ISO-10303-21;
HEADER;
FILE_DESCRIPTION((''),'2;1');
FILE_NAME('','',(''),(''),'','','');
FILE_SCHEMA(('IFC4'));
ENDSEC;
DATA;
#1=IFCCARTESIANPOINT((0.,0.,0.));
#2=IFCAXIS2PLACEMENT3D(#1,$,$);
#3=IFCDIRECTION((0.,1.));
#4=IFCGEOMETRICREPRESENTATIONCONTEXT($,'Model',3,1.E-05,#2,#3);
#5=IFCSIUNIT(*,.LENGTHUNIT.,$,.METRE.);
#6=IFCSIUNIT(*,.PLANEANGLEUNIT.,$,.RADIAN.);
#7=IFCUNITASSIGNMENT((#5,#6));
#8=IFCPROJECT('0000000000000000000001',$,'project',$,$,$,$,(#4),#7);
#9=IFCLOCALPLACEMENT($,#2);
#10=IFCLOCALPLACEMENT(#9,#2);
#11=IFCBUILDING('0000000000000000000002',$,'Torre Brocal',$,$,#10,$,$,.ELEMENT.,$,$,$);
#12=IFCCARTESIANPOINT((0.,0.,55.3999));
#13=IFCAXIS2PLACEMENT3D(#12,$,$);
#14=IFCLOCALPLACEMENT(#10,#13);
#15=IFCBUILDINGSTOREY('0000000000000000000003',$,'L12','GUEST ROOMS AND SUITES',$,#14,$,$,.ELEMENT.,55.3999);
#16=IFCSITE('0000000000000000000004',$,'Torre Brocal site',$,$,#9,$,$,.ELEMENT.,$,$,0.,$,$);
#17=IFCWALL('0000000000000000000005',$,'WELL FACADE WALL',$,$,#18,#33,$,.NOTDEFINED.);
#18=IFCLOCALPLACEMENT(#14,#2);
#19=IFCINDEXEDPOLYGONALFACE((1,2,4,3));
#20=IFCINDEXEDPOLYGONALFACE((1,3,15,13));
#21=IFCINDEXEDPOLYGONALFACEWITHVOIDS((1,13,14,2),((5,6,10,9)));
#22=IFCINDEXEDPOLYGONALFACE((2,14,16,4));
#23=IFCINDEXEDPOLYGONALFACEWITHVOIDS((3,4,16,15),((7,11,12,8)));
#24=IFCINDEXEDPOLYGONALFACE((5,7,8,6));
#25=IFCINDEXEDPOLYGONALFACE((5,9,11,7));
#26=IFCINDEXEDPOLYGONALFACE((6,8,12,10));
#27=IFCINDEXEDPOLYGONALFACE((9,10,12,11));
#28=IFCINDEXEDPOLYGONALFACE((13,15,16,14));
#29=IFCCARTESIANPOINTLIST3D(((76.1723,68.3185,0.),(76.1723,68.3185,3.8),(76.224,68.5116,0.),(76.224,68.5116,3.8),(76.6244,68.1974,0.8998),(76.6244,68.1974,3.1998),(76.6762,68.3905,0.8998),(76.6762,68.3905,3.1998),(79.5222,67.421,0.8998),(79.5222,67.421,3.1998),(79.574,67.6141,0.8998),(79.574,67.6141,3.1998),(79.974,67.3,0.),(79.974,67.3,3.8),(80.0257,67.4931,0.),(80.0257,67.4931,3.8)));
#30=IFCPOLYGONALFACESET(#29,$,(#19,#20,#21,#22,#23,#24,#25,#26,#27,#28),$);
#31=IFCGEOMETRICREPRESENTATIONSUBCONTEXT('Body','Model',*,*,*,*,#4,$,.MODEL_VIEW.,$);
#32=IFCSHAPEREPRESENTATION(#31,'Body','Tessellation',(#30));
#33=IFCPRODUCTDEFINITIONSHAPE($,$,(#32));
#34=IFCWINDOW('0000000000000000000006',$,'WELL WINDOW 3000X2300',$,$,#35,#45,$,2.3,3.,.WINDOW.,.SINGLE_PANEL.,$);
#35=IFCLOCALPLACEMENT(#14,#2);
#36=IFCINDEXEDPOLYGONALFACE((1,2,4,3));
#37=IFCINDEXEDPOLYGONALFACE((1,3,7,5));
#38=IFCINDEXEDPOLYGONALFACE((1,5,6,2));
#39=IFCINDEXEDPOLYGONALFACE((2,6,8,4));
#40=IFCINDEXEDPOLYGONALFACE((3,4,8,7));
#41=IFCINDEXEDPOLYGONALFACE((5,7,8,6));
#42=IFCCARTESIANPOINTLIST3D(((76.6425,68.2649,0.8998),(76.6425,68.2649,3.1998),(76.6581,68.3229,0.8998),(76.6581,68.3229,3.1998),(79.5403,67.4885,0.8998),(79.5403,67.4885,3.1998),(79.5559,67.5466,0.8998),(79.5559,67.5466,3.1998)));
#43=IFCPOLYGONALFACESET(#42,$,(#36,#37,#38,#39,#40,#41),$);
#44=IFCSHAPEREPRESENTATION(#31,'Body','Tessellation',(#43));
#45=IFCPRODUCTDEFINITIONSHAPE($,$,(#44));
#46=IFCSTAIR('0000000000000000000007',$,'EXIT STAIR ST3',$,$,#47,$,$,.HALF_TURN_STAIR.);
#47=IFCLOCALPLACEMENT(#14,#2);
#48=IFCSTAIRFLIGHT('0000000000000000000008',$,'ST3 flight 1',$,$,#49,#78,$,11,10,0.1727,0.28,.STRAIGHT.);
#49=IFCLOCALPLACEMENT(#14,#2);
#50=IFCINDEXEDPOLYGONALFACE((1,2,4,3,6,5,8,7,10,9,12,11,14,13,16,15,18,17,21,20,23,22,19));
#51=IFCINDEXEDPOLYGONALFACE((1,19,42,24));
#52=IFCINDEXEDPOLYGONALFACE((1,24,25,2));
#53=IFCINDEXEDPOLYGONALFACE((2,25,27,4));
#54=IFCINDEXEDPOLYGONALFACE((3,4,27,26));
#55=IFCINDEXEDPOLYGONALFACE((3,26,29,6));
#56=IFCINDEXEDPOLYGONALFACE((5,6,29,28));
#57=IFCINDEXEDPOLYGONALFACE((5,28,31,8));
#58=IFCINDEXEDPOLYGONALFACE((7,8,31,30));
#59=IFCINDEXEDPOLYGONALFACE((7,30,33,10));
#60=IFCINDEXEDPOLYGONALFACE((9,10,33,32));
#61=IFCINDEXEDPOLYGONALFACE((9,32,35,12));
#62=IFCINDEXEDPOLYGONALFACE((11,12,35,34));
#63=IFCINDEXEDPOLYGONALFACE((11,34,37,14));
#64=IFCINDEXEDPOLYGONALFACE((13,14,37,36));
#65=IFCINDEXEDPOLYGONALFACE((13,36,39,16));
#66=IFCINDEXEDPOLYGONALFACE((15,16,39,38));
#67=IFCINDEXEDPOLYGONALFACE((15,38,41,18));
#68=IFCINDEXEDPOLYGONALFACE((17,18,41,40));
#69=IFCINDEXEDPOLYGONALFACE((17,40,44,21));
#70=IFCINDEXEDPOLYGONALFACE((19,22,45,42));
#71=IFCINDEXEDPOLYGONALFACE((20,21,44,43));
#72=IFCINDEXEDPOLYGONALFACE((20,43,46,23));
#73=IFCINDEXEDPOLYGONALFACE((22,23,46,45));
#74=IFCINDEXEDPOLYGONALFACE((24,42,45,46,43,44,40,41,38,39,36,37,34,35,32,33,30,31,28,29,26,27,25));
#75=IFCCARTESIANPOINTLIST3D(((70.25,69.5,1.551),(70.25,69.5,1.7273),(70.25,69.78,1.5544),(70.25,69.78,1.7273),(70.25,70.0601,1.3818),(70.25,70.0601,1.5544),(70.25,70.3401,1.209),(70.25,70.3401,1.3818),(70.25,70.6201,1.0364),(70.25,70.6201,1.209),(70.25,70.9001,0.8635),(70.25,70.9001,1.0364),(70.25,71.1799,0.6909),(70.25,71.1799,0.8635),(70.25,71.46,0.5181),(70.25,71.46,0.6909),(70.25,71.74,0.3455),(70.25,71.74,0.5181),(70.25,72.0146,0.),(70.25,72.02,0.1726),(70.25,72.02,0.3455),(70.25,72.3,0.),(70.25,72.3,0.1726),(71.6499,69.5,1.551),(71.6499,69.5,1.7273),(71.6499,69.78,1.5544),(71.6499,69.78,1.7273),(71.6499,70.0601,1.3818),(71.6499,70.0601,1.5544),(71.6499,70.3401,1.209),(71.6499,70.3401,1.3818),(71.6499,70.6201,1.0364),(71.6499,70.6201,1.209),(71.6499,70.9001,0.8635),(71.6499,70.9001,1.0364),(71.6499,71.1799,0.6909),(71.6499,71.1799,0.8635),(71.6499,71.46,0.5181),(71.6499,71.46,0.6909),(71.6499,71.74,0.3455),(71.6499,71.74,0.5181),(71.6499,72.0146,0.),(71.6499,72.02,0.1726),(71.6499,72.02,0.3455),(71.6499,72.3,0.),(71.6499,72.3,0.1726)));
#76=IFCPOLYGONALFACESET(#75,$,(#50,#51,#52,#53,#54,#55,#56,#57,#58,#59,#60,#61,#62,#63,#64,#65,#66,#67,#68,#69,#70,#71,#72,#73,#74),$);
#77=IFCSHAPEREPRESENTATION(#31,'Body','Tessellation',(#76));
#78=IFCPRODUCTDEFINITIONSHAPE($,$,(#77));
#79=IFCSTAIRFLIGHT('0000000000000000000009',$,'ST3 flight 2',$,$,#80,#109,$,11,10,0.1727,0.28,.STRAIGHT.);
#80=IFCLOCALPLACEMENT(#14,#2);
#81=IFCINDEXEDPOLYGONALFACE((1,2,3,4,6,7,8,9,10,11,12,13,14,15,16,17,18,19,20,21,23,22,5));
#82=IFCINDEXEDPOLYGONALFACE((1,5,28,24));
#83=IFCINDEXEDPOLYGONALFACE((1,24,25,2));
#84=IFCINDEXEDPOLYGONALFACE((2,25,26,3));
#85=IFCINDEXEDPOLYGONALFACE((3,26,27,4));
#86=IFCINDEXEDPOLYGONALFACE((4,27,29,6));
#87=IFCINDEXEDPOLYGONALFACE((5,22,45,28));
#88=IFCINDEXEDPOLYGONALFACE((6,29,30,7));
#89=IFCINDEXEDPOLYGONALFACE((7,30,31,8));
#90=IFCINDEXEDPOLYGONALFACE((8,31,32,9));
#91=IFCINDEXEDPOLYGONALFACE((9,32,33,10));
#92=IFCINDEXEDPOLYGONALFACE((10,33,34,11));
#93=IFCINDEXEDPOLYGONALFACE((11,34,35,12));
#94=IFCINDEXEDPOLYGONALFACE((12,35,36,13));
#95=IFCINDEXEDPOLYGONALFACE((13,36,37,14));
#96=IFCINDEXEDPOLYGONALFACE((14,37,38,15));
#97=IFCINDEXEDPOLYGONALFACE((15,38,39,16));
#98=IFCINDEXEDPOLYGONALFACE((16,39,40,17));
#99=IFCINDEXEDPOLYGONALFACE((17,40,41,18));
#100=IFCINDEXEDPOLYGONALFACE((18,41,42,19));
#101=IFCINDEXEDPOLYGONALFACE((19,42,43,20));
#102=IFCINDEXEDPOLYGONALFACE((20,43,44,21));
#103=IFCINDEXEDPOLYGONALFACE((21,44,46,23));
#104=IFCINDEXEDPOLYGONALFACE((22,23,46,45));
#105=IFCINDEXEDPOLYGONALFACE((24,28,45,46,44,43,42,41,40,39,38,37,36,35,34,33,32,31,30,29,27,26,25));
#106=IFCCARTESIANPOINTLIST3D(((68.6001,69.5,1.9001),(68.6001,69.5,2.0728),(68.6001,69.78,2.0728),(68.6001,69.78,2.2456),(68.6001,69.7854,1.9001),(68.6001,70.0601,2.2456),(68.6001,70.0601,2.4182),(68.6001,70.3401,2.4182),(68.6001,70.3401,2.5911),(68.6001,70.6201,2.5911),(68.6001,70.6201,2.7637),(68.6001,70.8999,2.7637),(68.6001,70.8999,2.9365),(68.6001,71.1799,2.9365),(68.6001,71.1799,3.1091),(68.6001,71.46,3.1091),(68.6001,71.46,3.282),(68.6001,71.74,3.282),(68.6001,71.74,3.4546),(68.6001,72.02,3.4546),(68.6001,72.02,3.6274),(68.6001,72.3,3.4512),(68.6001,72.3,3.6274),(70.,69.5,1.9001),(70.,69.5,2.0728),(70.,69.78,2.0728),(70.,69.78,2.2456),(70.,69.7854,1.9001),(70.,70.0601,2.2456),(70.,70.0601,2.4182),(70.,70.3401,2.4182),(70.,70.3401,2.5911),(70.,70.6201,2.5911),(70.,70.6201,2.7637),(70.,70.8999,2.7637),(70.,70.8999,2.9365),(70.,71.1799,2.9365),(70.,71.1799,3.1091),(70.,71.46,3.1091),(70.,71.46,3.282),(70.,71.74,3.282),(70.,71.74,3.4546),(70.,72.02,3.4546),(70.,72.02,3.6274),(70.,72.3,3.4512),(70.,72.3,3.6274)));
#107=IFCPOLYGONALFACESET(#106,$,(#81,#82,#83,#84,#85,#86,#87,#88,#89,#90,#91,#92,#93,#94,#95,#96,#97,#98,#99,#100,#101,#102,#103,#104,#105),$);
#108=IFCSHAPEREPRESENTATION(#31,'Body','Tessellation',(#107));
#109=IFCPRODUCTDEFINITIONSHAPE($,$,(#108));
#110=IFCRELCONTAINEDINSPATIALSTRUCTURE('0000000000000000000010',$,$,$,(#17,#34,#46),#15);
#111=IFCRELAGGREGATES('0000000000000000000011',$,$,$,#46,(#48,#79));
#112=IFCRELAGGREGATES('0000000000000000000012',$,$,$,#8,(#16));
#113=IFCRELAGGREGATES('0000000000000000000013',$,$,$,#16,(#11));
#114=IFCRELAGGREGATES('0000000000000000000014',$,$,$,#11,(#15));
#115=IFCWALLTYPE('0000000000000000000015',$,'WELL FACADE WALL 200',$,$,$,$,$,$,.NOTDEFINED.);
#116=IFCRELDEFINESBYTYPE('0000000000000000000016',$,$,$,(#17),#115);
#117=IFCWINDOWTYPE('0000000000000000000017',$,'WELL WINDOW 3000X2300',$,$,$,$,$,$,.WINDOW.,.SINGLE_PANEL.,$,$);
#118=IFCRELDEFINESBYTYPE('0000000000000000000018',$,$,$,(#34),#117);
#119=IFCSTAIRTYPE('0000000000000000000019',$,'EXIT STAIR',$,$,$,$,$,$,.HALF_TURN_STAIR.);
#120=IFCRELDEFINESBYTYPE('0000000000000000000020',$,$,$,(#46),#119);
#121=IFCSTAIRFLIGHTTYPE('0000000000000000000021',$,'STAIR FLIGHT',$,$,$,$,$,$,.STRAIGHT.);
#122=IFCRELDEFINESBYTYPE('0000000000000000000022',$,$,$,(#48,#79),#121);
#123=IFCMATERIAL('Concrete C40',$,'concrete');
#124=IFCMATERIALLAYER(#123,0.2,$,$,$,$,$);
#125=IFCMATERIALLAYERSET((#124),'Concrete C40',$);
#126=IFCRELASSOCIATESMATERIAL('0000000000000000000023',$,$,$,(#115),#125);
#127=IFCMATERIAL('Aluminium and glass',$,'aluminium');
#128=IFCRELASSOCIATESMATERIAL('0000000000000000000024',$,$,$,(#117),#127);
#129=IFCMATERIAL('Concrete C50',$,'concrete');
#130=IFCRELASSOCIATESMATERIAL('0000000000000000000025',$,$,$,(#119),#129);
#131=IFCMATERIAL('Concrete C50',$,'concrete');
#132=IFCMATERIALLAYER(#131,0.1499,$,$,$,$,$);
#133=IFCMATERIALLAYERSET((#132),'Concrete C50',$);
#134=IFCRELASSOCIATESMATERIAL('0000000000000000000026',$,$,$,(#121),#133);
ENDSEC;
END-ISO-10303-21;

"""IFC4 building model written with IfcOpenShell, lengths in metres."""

from ifc_helpers import new_model, si_unit, direction, frame, frame_2d, origin, place, context, subcontext, project, spatial, polyline, rectangle, outline, extrude, material, layer, layer_set, type_object, element, fill, aggregate, save


model = new_model("IFC4")

# Units and contexts
model_context = context("Model", 3, precision=1e-05, world=origin(), true_north=direction((0.0, 1.0)))
body_context = subcontext(model_context, "Body", "Model", "MODEL_VIEW")
ifc_project = project(units=[si_unit("LENGTHUNIT", "METRE"), si_unit("PLANEANGLEUNIT", "RADIAN")], contexts=[model_context])

# Site, building, storey
site_placement = place(None, origin())
site = spatial("IfcSite", under=ifc_project, at=site_placement, Name="Torre Brocal site", CompositionType="ELEMENT", RefElevation=0.0)
building_placement = place(site_placement, origin())
building = spatial("IfcBuilding", under=site, at=building_placement, Name="Torre Brocal", CompositionType="ELEMENT")
storey_placement = place(building_placement, frame((0.0, 0.0, 55.3999)))
storey = spatial("IfcBuildingStorey", under=building, at=storey_placement, Name="L12", Description="GUEST ROOMS AND SUITES", CompositionType="ELEMENT", Elevation=55.3999)

# Wall, opening, window
ifc_material_1 = material(Name="Concrete C40", Category="concrete")
ifc_layer_1 = layer(ifc_material_1, 0.2)
ifc_layer_set_1 = layer_set([ifc_layer_1], Name="Concrete C40")
wall_type_1 = type_object("IfcWallType", Name="WELL FACADE WALL 200", PredefinedType="NOTDEFINED", material=ifc_layer_set_1)
ifc_material_2 = material(Name="Aluminium and glass", Category="aluminium")
window_type = type_object("IfcWindowType", Name="WELL WINDOW 3000X2300", PartitioningType="SINGLE_PANEL", PredefinedType="WINDOW", material=ifc_material_2)
wall_1_placement = place(storey_placement, frame((76.1982, 68.415, 0.0), z_axis=(0.0, 0.0, 1.0), x_axis=(0.965934, -0.25879, 0.0)))
wall_1 = element("IfcWall", 1, at=wall_1_placement, inside=storey, type_object=wall_type_1, Name="WELL FACADE WALL", PredefinedType="NOTDEFINED", context=body_context, shape_type="SweptSolid", body=[
    extrude(rectangle(XDim=3.9358, YDim=0.2, at=frame_2d((1.9678, 0.0))), origin(), (0.0, 0.0, 1.0), 3.8),
])
opening_1_placement = place(wall_1_placement, frame((0.468, 0.0, 0.8999)))
opening_1 = element("IfcOpeningElement", 2, at=opening_1_placement, cuts=wall_1, PredefinedType="OPENING", context=body_context, shape_type="SweptSolid", body=[
    extrude(rectangle(XDim=3.0, YDim=2.3, at=frame_2d((1.5, 1.1499))), frame((0.0, 0.1099, 0.0), z_axis=(0.0, -1.0, 0.0), x_axis=(1.0, 0.0, 0.0)), (0.0, 0.0, 1.0), 0.22),
])
window_1_placement = place(opening_1_placement, origin())
window_1 = element("IfcWindow", 3, at=window_1_placement, inside=storey, type_object=window_type, Name="WELL WINDOW 3000X2300", OverallHeight=2.3, OverallWidth=3.0, PartitioningType="SINGLE_PANEL", PredefinedType="WINDOW", context=body_context, shape_type="SweptSolid", body=[
    extrude(rectangle(XDim=3.0, YDim=2.3, at=frame_2d((1.5, 1.1499))), frame((0.0, 0.03, 0.0), z_axis=(0.0, -1.0, 0.0), x_axis=(1.0, 0.0, 0.0)), (0.0, 0.0, 1.0), 0.0601),
])
fill(opening_1, window_1)

# Stair, stair flights
ifc_material_3 = material(Name="Concrete C50", Category="concrete")
stair_type = type_object("IfcStairType", Name="EXIT STAIR", PredefinedType="HALF_TURN_STAIR", material=ifc_material_3)
stair_placement = place(storey_placement, origin())
stair = element("IfcStair", 4, at=stair_placement, inside=storey, type_object=stair_type, Name="EXIT STAIR ST3", PredefinedType="HALF_TURN_STAIR")
ifc_material_4 = material(Name="Concrete C50", Category="concrete")
ifc_layer_2 = layer(ifc_material_4, 0.1499)
ifc_layer_set_2 = layer_set([ifc_layer_2], Name="Concrete C50")
stair_flight_type = type_object("IfcStairFlightType", Name="STAIR FLIGHT", PredefinedType="STRAIGHT", material=ifc_layer_set_2)
stair_flight_1_placement = place(storey_placement, frame((70.95, 72.3, 0.0), z_axis=(0.0, 0.0, 1.0), x_axis=(0.0, -1.0, 0.0)))
stair_flight_1 = element("IfcStairFlight", 5, at=stair_flight_1_placement, type_object=stair_flight_type, Name="ST3 flight 1", NumberOfRisers=11, NumberOfTreads=10, PredefinedType="STRAIGHT", RiserHeight=0.1727, TreadLength=0.28, context=body_context, shape_type="SweptSolid", body=[
    extrude(outline(polyline([(0.0, 0.0), (0.0, 0.1726), (0.28, 0.1726), (0.28, 0.3455), (0.5601, 0.3455), (0.5601, 0.5181), (0.8401, 0.5181), (0.8401, 0.6909), (1.1201, 0.6909), (1.1201, 0.8635), (1.3999, 0.8635), (1.3999, 1.0364), (1.6799, 1.0364), (1.6799, 1.209), (1.96, 1.209), (1.96, 1.3818), (2.24, 1.3818), (2.24, 1.5544), (2.52, 1.5544), (2.52, 1.7273), (2.8, 1.7273), (2.8, 1.8999), (2.8, 1.551), (0.2854, 0.0), (0.0, 0.0)])), frame((0.0, 0.7, 0.0), z_axis=(0.0, -1.0, 0.0), x_axis=(1.0, 0.0, 0.0)), (0.0, 0.0, 1.0), 1.3999),
])
stair_flight_2_placement = place(storey_placement, frame((69.3, 69.5, 1.9001), z_axis=(0.0, 0.0, 1.0), x_axis=(0.0, 1.0, 0.0)))
stair_flight_2 = element("IfcStairFlight", 6, at=stair_flight_2_placement, type_object=stair_flight_type, Name="ST3 flight 2", NumberOfRisers=11, NumberOfTreads=10, PredefinedType="STRAIGHT", RiserHeight=0.1727, TreadLength=0.28, context=body_context, shape_type="SweptSolid", body=[
    extrude(outline(polyline([(0.0, 0.0), (0.0, 0.1726), (0.28, 0.1726), (0.28, 0.3455), (0.5601, 0.3455), (0.5601, 0.5181), (0.8401, 0.5181), (0.8401, 0.6909), (1.1201, 0.6909), (1.1201, 0.8635), (1.3999, 0.8635), (1.3999, 1.0364), (1.6799, 1.0364), (1.6799, 1.209), (1.96, 1.209), (1.96, 1.3818), (2.24, 1.3818), (2.24, 1.5544), (2.52, 1.5544), (2.52, 1.7273), (2.8, 1.7273), (2.8, 1.8999), (2.8, 1.551), (0.2854, 0.0), (0.0, 0.0)])), frame((0.0, 0.7, 0.0), z_axis=(0.0, -1.0, 0.0), x_axis=(1.0, 0.0, 0.0)), (0.0, 0.0, 1.0), 1.3999),
])
aggregate(stair, [stair_flight_1, stair_flight_2])

save(model, "model.ifc")
